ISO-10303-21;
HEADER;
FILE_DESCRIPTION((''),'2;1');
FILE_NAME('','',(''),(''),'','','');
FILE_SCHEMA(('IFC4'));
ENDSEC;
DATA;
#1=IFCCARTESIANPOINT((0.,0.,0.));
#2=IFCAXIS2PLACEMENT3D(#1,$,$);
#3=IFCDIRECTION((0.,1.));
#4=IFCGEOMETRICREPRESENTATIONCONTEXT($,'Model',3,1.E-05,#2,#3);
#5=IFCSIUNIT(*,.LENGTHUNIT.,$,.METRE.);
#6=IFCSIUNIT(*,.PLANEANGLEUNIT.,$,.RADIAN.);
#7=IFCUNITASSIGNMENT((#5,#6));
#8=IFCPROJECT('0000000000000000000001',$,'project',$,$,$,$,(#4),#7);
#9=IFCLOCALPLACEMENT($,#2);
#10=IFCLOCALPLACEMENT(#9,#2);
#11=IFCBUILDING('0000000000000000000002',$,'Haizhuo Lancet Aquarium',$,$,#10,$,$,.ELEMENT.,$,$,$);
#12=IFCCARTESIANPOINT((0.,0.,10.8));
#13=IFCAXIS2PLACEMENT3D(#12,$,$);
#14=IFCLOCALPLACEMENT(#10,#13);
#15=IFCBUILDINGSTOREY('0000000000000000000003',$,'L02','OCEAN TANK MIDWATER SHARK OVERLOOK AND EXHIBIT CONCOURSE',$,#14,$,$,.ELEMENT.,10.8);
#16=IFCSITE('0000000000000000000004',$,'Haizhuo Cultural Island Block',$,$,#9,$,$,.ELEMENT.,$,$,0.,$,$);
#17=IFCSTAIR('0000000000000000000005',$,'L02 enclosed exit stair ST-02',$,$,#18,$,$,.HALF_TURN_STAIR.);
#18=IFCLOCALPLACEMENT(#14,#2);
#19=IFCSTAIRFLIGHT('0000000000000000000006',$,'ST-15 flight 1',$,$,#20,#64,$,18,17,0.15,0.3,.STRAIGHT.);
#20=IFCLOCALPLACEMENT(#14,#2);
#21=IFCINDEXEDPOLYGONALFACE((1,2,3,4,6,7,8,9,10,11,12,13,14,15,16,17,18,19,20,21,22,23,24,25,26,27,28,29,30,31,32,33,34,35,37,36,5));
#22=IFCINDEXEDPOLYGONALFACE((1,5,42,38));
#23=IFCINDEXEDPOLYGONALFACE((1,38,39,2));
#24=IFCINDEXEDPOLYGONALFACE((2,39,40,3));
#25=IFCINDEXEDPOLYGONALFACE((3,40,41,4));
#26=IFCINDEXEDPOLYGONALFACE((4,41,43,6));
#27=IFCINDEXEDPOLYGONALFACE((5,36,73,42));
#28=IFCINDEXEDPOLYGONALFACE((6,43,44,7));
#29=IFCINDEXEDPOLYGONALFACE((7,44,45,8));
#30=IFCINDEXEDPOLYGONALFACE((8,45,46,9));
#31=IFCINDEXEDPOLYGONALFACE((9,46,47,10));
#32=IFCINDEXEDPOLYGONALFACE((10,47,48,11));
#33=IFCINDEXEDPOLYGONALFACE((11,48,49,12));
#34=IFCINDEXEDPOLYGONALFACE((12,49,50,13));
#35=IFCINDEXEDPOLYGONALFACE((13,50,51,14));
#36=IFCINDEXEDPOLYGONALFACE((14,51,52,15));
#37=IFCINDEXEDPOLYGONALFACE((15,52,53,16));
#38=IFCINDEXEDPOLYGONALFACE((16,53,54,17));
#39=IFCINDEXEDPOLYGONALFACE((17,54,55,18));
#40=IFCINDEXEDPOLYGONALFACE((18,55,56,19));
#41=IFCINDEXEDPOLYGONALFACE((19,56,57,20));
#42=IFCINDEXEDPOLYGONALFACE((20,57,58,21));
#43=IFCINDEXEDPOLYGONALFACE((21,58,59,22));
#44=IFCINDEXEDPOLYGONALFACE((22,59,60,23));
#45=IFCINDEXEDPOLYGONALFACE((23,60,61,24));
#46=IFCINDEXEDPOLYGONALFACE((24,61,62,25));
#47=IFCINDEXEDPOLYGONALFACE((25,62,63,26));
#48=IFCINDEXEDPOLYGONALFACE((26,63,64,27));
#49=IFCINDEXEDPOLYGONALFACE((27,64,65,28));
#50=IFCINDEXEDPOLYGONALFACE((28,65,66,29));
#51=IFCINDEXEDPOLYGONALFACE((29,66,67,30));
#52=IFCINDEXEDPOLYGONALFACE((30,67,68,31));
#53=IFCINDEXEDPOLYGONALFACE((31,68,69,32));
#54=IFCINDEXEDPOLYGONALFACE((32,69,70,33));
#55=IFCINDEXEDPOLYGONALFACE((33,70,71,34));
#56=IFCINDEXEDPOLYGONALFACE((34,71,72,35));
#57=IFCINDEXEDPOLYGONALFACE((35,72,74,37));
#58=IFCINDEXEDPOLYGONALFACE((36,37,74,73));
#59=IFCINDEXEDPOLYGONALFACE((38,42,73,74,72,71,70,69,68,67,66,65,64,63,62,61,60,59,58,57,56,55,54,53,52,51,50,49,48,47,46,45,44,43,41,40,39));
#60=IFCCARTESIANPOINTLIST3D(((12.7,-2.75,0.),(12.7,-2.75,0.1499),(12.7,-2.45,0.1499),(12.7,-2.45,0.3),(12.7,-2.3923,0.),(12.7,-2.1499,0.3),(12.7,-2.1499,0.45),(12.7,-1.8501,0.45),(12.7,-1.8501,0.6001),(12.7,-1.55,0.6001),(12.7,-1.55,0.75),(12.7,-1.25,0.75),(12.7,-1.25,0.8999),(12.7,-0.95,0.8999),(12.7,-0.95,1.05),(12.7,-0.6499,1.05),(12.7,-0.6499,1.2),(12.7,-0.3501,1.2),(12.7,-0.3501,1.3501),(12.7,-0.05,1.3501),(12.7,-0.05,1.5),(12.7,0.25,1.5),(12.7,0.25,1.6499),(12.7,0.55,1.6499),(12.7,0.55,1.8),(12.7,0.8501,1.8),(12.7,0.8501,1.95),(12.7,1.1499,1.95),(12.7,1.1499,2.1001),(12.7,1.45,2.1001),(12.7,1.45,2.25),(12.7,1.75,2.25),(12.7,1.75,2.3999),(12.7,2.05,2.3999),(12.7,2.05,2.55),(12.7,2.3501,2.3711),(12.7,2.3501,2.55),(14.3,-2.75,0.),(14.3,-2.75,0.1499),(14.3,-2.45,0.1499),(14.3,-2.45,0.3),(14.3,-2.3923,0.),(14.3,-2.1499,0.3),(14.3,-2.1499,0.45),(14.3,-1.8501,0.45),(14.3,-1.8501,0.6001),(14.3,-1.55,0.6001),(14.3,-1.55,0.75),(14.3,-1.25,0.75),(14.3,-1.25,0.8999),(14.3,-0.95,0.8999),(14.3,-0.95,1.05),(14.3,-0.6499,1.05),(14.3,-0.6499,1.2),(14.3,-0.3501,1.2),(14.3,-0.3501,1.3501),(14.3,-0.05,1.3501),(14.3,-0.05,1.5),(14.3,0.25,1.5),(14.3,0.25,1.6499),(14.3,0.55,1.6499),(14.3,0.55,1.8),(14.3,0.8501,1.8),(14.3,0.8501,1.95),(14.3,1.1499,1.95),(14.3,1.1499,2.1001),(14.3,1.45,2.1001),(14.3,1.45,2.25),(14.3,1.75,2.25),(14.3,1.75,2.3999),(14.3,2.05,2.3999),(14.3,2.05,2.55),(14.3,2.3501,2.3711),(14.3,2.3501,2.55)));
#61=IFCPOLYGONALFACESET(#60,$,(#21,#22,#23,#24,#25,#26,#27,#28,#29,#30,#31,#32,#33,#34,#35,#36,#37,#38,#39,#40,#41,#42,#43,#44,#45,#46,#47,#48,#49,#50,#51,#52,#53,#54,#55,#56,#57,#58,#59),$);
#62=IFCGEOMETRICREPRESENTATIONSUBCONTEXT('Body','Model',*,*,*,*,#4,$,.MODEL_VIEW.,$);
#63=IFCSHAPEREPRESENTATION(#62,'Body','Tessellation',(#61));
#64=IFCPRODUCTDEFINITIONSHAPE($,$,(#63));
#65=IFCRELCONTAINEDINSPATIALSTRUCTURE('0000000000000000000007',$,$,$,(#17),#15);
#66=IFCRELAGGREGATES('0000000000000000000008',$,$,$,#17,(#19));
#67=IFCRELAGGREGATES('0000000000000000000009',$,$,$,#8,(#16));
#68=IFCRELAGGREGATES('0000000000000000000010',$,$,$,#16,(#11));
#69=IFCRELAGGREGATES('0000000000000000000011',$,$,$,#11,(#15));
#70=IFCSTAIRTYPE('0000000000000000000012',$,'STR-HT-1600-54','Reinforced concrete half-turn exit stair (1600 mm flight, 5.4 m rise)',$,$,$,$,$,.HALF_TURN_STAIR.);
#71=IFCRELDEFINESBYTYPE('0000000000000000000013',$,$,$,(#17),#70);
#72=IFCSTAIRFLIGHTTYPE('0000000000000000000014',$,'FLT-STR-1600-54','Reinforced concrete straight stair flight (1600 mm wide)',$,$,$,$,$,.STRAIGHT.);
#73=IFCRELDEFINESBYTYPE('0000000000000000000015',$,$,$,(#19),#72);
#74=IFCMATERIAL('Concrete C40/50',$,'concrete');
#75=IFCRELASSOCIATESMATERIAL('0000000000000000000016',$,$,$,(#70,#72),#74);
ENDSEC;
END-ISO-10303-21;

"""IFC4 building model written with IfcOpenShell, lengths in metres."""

from ifc_helpers import new_model, si_unit, direction, frame, origin, place, context, subcontext, project, spatial, polyline, outline, extrude, material, type_object, element, aggregate, save


model = new_model("IFC4")

# Units and contexts
model_context = context("Model", 3, precision=1e-05, world=origin(), true_north=direction((0.0, 1.0)))
body_context = subcontext(model_context, "Body", "Model", "MODEL_VIEW")
ifc_project = project(units=[si_unit("LENGTHUNIT", "METRE"), si_unit("PLANEANGLEUNIT", "RADIAN")], contexts=[model_context])

# Site, building, storey
site_placement = place(None, origin())
site = spatial("IfcSite", under=ifc_project, at=site_placement, Name="Haizhuo Cultural Island Block", CompositionType="ELEMENT", RefElevation=0.0)
building_placement = place(site_placement, origin())
building = spatial("IfcBuilding", under=site, at=building_placement, Name="Haizhuo Lancet Aquarium", CompositionType="ELEMENT")
storey_placement = place(building_placement, frame((0.0, 0.0, 10.8)))
storey = spatial("IfcBuildingStorey", under=building, at=storey_placement, Name="L02", Description="OCEAN TANK MIDWATER SHARK OVERLOOK AND EXHIBIT CONCOURSE", CompositionType="ELEMENT", Elevation=10.8)

# Shared definitions
ifc_material_1 = material(Name="Concrete C40/50", Category="concrete")

# Stair, stair flight
stair_type = type_object("IfcStairType", Name="STR-HT-1600-54", Description="Reinforced concrete half-turn exit stair (1600 mm flight, 5.4 m rise)", PredefinedType="HALF_TURN_STAIR", material=ifc_material_1)
stair_placement = place(storey_placement, origin())
stair = element("IfcStair", 1, at=stair_placement, inside=storey, type_object=stair_type, Name="L02 enclosed exit stair ST-02", PredefinedType="HALF_TURN_STAIR")
stair_flight_type = type_object("IfcStairFlightType", Name="FLT-STR-1600-54", Description="Reinforced concrete straight stair flight (1600 mm wide)", PredefinedType="STRAIGHT", material=ifc_material_1)
stair_flight_placement = place(storey_placement, frame((13.5, -2.75, 0.0), z_axis=(0.0, 0.0, 1.0), x_axis=(0.0, 1.0, 0.0)))
stair_flight = element("IfcStairFlight", 2, at=stair_flight_placement, type_object=stair_flight_type, Name="ST-15 flight 1", NumberOfRisers=18, NumberOfTreads=17, PredefinedType="STRAIGHT", RiserHeight=0.15, TreadLength=0.3, context=body_context, shape_type="SweptSolid", body=[
    extrude(outline(polyline([(0.0, 0.0), (0.0, 0.1499), (0.3, 0.1499), (0.3, 0.3), (0.6001, 0.3), (0.6001, 0.45), (0.8999, 0.45), (0.8999, 0.6001), (1.2, 0.6001), (1.2, 0.75), (1.5, 0.75), (1.5, 0.8999), (1.8, 0.8999), (1.8, 1.05), (2.1001, 1.05), (2.1001, 1.2), (2.3999, 1.2), (2.3999, 1.3501), (2.7, 1.3501), (2.7, 1.5), (3.0, 1.5), (3.0, 1.6499), (3.3, 1.6499), (3.3, 1.8), (3.6001, 1.8), (3.6001, 1.95), (3.8999, 1.95), (3.8999, 2.1001), (4.2, 2.1001), (4.2, 2.25), (4.5, 2.25), (4.5, 2.3999), (4.8, 2.3999), (4.8, 2.55), (5.1001, 2.55), (5.1001, 2.7), (5.1001, 2.3711), (0.3577, 0.0), (0.0, 0.0)])), frame((0.0, 0.8, 0.0), z_axis=(0.0, -1.0, 0.0), x_axis=(1.0, 0.0, 0.0)), (0.0, 0.0, 1.0), 1.6001),
])
aggregate(stair, [stair_flight])

save(model, "model.ifc")
